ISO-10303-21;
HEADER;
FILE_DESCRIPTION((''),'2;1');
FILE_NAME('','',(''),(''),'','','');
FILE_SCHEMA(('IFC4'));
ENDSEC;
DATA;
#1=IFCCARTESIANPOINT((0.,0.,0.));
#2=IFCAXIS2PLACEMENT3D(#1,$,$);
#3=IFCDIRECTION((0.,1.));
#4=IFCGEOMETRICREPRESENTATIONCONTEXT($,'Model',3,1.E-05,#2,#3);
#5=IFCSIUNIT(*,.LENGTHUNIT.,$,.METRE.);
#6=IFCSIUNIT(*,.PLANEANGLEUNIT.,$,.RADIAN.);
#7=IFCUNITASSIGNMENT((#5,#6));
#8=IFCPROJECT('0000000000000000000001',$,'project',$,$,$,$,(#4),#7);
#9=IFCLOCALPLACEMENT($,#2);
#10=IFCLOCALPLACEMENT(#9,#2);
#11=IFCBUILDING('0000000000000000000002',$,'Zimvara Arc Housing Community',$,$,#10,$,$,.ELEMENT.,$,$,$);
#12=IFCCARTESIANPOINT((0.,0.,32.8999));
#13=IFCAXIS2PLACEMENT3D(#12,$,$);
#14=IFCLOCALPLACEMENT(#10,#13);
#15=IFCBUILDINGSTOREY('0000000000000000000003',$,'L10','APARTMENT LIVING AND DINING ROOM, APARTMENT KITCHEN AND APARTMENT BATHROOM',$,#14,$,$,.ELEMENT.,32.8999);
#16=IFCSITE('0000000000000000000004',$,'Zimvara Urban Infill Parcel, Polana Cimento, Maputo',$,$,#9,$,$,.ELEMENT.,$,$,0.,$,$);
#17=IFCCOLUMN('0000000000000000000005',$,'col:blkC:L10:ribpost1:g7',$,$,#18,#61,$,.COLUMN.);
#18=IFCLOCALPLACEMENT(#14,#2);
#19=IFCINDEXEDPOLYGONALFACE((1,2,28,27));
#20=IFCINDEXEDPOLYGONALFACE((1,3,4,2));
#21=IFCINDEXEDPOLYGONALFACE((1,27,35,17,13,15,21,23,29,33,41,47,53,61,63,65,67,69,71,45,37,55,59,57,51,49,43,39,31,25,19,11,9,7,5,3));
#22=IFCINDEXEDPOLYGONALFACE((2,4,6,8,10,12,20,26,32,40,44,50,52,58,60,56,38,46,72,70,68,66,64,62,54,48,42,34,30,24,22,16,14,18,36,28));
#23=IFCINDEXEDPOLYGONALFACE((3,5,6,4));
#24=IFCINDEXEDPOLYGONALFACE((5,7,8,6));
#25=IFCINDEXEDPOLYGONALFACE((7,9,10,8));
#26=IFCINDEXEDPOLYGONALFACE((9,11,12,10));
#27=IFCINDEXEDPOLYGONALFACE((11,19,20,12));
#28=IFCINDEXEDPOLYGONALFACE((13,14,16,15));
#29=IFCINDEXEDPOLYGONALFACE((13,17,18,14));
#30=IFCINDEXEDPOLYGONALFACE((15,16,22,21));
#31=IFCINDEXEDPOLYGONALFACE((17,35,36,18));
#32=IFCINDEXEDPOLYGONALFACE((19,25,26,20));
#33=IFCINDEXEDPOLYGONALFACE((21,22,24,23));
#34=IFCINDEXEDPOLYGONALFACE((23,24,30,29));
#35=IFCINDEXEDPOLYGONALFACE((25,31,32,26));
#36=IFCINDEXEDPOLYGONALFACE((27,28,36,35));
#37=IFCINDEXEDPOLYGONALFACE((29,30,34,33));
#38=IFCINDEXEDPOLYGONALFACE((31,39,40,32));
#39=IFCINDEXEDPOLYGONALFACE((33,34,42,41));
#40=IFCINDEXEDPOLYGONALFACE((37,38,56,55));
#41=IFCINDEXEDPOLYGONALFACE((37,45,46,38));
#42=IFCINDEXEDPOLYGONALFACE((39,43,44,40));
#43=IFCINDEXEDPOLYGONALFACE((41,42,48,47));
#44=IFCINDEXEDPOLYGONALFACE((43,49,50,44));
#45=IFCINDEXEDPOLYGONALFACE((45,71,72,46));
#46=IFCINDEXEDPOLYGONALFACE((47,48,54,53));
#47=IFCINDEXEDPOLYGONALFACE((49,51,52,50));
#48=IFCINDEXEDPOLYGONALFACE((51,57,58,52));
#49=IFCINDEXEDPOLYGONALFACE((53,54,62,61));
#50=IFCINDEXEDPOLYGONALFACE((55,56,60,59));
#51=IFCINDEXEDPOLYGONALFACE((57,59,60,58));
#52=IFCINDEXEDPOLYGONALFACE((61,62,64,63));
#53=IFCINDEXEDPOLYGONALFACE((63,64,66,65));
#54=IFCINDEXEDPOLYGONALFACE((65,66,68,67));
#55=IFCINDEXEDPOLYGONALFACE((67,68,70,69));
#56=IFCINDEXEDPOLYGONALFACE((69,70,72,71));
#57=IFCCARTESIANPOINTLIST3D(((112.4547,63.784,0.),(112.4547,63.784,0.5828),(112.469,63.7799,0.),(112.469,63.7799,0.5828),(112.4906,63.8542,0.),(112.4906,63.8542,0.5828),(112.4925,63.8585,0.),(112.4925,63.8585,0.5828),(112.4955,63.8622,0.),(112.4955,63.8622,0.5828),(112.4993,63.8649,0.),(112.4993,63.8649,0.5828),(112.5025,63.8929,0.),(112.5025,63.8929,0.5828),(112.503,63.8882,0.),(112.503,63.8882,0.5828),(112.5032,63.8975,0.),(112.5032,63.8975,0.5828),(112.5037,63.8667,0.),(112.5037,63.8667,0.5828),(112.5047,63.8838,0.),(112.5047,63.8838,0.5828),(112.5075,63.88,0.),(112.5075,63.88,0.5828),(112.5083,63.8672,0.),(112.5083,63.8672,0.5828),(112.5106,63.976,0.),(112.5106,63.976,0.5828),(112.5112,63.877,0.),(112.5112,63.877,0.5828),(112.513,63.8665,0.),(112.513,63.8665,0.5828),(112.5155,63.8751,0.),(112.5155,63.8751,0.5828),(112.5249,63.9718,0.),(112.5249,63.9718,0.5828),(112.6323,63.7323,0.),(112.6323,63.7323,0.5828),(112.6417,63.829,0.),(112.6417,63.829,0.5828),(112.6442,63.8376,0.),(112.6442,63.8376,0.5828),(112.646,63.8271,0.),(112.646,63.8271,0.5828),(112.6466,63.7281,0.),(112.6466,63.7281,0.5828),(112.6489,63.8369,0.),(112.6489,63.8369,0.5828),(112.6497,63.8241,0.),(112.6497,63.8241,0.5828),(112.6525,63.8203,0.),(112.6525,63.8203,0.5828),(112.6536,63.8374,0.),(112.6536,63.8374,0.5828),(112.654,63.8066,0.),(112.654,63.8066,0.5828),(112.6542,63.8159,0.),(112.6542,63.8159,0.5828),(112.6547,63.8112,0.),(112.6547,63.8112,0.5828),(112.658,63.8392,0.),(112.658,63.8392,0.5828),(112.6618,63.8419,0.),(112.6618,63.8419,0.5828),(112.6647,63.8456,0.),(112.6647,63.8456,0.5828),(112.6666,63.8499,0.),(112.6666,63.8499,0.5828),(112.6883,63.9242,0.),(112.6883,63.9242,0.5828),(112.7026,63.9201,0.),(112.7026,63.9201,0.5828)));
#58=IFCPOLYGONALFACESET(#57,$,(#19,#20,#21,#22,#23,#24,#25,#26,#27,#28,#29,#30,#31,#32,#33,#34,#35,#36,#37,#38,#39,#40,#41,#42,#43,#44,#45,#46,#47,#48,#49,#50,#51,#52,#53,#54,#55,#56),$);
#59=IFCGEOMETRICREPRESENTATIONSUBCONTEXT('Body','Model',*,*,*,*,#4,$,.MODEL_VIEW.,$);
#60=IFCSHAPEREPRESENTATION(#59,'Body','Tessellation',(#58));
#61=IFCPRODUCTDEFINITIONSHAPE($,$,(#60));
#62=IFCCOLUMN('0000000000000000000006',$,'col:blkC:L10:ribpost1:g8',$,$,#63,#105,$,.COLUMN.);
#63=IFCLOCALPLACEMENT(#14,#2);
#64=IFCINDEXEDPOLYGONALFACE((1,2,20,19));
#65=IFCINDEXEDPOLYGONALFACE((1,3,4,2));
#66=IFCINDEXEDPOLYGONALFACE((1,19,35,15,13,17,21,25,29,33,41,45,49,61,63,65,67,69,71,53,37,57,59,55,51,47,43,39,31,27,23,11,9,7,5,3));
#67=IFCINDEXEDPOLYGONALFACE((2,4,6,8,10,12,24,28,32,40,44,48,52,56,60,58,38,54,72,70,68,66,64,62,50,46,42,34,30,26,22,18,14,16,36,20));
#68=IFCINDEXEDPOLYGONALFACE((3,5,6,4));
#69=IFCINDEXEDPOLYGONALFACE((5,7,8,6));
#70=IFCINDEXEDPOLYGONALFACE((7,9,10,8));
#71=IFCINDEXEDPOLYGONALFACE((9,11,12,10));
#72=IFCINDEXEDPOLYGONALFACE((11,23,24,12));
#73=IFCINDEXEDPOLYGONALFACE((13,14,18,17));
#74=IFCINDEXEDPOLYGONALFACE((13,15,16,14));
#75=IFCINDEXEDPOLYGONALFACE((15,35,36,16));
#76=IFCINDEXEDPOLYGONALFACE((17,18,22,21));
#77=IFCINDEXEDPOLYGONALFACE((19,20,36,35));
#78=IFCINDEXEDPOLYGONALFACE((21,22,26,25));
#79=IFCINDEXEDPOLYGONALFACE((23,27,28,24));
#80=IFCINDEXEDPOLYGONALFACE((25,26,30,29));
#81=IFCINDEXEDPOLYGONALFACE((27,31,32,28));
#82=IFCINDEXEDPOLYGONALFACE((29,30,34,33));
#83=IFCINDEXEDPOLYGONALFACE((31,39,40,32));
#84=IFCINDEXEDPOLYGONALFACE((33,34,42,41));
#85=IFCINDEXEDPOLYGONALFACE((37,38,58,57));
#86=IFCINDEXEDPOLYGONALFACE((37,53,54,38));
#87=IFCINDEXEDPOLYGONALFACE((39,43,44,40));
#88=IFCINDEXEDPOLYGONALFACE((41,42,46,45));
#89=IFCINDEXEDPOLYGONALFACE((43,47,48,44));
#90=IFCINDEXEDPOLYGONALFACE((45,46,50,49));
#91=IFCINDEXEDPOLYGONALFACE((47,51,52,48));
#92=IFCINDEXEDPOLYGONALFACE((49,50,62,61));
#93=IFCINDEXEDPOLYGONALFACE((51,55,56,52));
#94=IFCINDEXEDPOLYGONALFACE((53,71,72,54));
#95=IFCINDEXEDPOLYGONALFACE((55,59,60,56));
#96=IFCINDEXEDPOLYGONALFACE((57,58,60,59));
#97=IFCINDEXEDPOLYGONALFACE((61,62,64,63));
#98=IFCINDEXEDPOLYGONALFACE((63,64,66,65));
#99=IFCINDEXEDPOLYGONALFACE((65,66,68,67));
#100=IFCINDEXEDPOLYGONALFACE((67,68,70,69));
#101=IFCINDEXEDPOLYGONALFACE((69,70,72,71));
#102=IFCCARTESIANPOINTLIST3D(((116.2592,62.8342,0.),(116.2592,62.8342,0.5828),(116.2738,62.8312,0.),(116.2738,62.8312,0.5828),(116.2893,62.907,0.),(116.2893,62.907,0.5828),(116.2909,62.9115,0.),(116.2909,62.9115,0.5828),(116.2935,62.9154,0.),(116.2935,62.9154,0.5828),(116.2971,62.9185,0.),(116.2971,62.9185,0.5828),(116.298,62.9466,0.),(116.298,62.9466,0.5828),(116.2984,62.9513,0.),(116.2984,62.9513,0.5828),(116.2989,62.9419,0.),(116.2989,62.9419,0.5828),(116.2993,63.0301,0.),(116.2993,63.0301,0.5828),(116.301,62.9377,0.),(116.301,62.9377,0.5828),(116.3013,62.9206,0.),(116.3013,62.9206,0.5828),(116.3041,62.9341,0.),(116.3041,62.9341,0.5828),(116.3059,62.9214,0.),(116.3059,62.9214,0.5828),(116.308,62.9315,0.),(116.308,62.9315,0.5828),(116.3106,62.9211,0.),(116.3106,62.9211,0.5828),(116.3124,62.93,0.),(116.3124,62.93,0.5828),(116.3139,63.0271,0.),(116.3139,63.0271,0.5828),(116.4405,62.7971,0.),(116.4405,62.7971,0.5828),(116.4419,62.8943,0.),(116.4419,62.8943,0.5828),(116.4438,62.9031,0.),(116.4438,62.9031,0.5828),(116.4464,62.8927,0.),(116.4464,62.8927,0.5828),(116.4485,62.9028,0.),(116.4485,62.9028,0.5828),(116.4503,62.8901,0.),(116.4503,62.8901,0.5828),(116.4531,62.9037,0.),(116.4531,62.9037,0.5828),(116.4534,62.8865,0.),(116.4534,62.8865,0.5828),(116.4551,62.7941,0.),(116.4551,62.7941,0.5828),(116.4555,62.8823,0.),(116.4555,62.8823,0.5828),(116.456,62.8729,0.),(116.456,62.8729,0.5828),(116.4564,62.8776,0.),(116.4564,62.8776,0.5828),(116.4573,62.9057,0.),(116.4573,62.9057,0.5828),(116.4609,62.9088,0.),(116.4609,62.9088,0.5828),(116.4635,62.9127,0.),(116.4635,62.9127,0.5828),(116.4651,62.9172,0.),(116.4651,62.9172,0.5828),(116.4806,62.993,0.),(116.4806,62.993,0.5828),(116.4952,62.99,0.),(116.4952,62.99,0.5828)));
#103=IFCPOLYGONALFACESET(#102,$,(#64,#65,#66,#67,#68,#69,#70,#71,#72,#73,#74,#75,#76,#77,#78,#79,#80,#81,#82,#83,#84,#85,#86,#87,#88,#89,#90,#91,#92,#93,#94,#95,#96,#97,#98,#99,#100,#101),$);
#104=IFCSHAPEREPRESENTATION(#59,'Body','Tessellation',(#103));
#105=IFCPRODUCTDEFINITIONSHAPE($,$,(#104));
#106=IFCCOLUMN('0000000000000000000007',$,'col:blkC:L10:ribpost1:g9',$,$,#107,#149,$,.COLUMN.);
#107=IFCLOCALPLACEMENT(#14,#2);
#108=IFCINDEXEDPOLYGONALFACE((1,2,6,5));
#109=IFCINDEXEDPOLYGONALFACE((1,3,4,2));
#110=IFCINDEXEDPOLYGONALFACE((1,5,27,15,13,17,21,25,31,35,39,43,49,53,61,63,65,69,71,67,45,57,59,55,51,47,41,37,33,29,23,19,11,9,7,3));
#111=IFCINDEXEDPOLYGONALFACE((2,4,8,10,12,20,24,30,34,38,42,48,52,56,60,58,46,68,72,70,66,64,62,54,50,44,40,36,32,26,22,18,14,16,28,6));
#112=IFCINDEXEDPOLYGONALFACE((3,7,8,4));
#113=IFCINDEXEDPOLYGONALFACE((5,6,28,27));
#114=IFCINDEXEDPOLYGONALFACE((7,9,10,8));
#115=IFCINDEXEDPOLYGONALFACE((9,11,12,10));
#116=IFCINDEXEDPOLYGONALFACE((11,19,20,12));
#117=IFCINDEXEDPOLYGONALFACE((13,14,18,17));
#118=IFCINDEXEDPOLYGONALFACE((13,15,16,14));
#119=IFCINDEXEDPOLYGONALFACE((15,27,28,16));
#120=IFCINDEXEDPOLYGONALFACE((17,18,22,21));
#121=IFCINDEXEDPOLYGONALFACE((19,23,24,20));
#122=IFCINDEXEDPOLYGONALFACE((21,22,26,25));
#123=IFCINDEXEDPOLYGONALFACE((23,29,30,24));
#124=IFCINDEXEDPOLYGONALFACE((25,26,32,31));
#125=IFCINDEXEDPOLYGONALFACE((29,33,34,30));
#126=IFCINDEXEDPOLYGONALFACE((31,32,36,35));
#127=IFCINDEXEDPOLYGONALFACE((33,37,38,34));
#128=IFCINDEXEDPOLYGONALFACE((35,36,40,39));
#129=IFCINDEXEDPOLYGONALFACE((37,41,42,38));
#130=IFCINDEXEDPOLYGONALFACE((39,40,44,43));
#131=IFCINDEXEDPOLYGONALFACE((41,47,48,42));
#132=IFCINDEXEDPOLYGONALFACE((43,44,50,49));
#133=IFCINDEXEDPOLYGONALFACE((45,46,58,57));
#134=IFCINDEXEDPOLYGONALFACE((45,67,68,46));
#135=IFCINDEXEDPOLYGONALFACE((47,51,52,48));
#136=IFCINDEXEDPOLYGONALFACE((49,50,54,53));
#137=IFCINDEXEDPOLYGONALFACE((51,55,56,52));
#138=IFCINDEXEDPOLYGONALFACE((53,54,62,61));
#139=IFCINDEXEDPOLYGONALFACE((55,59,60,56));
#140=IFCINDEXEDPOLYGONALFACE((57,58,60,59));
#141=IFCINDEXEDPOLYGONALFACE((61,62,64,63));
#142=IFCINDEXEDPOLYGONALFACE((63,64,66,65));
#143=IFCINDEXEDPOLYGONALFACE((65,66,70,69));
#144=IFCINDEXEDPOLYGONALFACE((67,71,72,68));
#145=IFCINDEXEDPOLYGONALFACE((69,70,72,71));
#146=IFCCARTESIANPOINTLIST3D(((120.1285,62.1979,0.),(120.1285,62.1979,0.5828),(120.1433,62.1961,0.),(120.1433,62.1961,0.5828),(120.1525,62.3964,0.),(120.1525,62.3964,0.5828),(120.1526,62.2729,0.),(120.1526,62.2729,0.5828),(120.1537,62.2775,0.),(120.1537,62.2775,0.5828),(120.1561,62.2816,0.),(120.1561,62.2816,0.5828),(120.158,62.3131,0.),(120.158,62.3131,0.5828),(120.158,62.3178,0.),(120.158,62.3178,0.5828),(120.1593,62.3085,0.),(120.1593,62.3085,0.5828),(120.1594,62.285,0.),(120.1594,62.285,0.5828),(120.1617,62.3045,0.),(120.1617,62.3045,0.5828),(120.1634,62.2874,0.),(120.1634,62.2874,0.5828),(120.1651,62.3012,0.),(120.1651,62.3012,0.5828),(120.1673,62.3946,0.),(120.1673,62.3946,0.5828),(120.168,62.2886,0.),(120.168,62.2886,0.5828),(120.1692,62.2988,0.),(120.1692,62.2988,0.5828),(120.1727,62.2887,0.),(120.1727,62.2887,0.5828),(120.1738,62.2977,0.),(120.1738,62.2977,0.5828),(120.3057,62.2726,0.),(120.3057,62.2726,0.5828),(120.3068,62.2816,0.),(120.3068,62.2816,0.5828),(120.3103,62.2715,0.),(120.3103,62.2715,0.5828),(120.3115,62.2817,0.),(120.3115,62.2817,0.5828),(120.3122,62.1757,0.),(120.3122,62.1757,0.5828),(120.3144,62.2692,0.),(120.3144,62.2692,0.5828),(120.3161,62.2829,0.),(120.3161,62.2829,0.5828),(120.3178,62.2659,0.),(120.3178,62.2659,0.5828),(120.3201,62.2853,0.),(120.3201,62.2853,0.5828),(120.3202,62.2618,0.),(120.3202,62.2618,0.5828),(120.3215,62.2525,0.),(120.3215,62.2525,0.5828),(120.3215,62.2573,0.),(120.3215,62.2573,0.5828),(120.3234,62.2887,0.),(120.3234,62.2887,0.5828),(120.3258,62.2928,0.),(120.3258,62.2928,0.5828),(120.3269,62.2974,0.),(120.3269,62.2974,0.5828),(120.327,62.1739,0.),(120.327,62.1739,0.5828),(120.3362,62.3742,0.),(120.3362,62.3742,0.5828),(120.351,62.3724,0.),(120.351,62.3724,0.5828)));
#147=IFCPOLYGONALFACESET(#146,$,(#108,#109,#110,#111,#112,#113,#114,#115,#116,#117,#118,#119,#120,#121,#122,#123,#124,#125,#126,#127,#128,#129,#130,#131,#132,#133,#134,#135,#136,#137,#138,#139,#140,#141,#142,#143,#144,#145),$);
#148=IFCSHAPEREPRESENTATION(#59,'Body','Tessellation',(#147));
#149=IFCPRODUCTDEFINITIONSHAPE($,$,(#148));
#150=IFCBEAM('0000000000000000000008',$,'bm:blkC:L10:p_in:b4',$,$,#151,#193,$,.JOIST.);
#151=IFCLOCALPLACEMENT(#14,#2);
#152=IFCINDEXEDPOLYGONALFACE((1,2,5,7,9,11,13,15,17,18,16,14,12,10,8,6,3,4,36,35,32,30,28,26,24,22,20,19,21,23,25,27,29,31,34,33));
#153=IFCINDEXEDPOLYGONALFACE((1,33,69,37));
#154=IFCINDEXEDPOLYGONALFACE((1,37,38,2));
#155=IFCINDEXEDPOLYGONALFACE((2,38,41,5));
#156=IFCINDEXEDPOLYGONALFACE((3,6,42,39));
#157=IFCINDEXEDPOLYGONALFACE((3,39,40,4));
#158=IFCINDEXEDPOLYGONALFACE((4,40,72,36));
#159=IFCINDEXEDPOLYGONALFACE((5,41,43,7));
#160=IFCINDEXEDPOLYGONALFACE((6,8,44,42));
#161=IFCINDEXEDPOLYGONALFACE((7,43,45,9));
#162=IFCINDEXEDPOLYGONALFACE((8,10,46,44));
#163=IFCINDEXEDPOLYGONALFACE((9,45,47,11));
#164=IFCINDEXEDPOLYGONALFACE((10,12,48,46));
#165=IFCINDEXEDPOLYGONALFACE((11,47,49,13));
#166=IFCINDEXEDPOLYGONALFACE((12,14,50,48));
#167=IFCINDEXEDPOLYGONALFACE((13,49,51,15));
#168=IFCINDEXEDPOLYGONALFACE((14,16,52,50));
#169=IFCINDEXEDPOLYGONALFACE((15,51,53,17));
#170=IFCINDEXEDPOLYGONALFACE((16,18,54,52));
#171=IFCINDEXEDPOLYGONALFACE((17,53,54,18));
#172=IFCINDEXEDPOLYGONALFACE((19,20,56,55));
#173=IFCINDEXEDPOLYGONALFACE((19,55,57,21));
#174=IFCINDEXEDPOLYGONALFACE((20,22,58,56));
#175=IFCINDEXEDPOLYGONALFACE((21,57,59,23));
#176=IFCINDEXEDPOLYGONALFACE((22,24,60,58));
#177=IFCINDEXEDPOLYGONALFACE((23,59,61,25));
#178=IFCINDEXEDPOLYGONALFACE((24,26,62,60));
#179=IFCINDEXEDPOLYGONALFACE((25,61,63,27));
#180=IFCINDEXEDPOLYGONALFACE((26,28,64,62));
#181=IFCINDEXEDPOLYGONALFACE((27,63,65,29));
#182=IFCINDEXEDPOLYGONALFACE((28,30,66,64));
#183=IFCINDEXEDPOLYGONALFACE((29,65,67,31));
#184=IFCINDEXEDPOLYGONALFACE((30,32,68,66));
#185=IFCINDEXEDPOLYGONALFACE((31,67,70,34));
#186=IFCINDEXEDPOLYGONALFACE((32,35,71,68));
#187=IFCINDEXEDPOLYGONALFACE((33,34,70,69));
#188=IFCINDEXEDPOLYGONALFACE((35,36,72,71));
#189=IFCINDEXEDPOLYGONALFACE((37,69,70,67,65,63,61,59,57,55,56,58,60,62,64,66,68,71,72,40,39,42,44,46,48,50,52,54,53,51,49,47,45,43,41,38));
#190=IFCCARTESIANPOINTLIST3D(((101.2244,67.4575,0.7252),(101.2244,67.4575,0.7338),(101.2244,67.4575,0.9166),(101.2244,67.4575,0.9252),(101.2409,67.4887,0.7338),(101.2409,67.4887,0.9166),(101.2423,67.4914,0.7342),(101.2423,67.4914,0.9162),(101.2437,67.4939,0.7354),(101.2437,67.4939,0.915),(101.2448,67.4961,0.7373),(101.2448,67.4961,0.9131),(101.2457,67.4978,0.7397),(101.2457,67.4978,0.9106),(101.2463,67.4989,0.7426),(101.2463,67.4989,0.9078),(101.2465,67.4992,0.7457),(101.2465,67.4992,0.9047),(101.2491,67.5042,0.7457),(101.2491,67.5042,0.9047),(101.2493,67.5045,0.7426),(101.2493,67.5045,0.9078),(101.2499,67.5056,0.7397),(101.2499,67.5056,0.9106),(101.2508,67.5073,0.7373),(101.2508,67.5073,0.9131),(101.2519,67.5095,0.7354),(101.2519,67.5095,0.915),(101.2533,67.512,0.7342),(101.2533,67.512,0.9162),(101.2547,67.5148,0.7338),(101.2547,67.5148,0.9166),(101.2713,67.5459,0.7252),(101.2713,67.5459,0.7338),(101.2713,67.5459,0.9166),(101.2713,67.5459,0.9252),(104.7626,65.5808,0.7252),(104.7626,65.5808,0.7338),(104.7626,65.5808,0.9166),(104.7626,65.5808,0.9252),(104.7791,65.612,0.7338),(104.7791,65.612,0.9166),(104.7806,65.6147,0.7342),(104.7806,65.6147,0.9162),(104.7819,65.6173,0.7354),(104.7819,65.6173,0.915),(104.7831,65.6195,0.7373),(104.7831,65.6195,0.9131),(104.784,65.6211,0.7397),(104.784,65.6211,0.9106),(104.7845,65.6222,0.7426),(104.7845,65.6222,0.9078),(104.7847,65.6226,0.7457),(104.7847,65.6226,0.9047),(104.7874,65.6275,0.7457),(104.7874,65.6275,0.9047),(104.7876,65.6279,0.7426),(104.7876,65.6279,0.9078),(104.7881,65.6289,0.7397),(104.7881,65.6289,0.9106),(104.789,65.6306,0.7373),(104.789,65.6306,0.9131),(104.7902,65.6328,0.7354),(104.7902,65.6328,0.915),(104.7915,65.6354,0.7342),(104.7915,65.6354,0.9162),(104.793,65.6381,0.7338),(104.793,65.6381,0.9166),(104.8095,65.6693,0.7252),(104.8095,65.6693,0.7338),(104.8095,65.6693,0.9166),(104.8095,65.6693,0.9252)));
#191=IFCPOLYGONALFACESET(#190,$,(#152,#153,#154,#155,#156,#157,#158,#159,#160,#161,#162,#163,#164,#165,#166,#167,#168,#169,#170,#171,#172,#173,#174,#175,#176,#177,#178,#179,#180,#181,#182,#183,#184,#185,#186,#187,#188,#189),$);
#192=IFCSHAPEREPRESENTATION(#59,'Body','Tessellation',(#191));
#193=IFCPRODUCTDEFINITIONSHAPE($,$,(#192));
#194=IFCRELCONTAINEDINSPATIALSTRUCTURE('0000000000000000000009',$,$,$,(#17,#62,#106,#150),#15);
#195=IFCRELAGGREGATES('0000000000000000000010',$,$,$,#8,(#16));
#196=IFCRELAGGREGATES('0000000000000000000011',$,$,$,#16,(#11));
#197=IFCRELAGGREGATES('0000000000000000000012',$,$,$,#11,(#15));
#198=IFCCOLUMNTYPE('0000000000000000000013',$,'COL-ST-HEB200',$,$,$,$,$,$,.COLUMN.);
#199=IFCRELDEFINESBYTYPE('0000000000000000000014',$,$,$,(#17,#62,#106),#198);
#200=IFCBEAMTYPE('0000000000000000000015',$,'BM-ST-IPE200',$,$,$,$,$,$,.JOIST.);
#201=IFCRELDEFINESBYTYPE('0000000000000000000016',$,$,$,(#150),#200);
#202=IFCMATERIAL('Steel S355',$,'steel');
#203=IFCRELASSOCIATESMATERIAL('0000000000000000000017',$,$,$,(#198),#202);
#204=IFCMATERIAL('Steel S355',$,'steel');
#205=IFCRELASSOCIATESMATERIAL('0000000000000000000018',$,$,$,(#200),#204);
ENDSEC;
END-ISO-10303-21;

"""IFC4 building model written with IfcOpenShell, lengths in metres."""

from ifc_helpers import new_model, si_unit, direction, frame, origin, origin_2d, place, context, subcontext, project, spatial, i_section, extrude, material, material_profile, profile_set, type_object, element, save


model = new_model("IFC4")

# Units and contexts
model_context = context("Model", 3, precision=1e-05, world=origin(), true_north=direction((0.0, 1.0)))
body_context = subcontext(model_context, "Body", "Model", "MODEL_VIEW")
ifc_project = project(units=[si_unit("LENGTHUNIT", "METRE"), si_unit("PLANEANGLEUNIT", "RADIAN")], contexts=[model_context])

# Site, building, storey
site_placement = place(None, origin())
site = spatial("IfcSite", under=ifc_project, at=site_placement, Name="Zimvara Urban Infill Parcel, Polana Cimento, Maputo", CompositionType="ELEMENT", RefElevation=0.0)
building_placement = place(site_placement, origin())
building = spatial("IfcBuilding", under=site, at=building_placement, Name="Zimvara Arc Housing Community", CompositionType="ELEMENT")
storey_placement = place(building_placement, frame((0.0, 0.0, 32.8999)))
storey = spatial("IfcBuildingStorey", under=building, at=storey_placement, Name="L10", Description="APARTMENT LIVING AND DINING ROOM, APARTMENT KITCHEN AND APARTMENT BATHROOM", CompositionType="ELEMENT", Elevation=32.8999)

# Columns
ifc_material_1 = material(Name="Steel S355", Category="steel")
ifc_material_profile_1 = material_profile(ifc_material_1, i_section(OverallWidth=0.2, OverallDepth=0.2, WebThickness=0.009, FlangeThickness=0.0149, FilletRadius=0.0181, at=origin_2d()), Name="HEB 200")
ifc_profile_set_1 = profile_set([ifc_material_profile_1], Name="Steel S355")
column_type = type_object("IfcColumnType", Name="COL-ST-HEB200", PredefinedType="COLUMN", material=ifc_profile_set_1)
for number, where, z_axis, x_axis, name in (
    (1, (112.5786, 63.8521, 0.0), (0.0, 0.0, 1.0), (-0.279661, -0.960099, 0.0), "col:blkC:L10:ribpost1:g7"),
    (2, (116.3772, 62.9121, 0.0), (0.0, 0.0, 1.0), (-0.200394, -0.979715, 0.0), "col:blkC:L10:ribpost1:g8"),
    (3, (120.2397, 62.2852, 0.0), (0.0, 0.0, 1.0), (-0.11979, -0.992799, 0.0), "col:blkC:L10:ribpost1:g9"),
):
    element("IfcColumn", number, at=place(storey_placement, frame(where, z_axis=z_axis, x_axis=x_axis)), inside=storey, type_object=column_type, Name=name, PredefinedType="COLUMN", context=body_context, shape_type="SweptSolid", body=[
        extrude(i_section(OverallWidth=0.2, OverallDepth=0.2, WebThickness=0.009, FlangeThickness=0.0149, FilletRadius=0.0181, at=origin_2d()), origin(), (0.0, 0.0, 1.0), 0.5828),
    ])

# Beam
ifc_material_2 = material(Name="Steel S355", Category="steel")
ifc_material_profile_2 = material_profile(ifc_material_2, i_section(OverallWidth=0.1001, OverallDepth=0.2, WebThickness=0.0056, FlangeThickness=0.0085, FilletRadius=0.012, at=origin_2d()), Name="IPE 200")
ifc_profile_set_2 = profile_set([ifc_material_profile_2], Name="Steel S355")
beam_type_1 = type_object("IfcBeamType", Name="BM-ST-IPE200", PredefinedType="JOIST", material=ifc_profile_set_2)
beam_1_placement = place(storey_placement, frame((101.2478, 67.5017, 0.8252), z_axis=(0.883429, -0.468565, 0.0), x_axis=(0.468565, 0.883429, 0.0)))
element("IfcBeam", 4, at=beam_1_placement, inside=storey, type_object=beam_type_1, Name="bm:blkC:L10:p_in:b4", PredefinedType="JOIST", context=body_context, shape_type="SweptSolid", body=[
    extrude(i_section(OverallWidth=0.1001, OverallDepth=0.2, WebThickness=0.0056, FlangeThickness=0.0085, FilletRadius=0.012, at=origin_2d()), origin(), (0.0, 0.0, 1.0), 4.0051),
])

save(model, "model.ifc")
